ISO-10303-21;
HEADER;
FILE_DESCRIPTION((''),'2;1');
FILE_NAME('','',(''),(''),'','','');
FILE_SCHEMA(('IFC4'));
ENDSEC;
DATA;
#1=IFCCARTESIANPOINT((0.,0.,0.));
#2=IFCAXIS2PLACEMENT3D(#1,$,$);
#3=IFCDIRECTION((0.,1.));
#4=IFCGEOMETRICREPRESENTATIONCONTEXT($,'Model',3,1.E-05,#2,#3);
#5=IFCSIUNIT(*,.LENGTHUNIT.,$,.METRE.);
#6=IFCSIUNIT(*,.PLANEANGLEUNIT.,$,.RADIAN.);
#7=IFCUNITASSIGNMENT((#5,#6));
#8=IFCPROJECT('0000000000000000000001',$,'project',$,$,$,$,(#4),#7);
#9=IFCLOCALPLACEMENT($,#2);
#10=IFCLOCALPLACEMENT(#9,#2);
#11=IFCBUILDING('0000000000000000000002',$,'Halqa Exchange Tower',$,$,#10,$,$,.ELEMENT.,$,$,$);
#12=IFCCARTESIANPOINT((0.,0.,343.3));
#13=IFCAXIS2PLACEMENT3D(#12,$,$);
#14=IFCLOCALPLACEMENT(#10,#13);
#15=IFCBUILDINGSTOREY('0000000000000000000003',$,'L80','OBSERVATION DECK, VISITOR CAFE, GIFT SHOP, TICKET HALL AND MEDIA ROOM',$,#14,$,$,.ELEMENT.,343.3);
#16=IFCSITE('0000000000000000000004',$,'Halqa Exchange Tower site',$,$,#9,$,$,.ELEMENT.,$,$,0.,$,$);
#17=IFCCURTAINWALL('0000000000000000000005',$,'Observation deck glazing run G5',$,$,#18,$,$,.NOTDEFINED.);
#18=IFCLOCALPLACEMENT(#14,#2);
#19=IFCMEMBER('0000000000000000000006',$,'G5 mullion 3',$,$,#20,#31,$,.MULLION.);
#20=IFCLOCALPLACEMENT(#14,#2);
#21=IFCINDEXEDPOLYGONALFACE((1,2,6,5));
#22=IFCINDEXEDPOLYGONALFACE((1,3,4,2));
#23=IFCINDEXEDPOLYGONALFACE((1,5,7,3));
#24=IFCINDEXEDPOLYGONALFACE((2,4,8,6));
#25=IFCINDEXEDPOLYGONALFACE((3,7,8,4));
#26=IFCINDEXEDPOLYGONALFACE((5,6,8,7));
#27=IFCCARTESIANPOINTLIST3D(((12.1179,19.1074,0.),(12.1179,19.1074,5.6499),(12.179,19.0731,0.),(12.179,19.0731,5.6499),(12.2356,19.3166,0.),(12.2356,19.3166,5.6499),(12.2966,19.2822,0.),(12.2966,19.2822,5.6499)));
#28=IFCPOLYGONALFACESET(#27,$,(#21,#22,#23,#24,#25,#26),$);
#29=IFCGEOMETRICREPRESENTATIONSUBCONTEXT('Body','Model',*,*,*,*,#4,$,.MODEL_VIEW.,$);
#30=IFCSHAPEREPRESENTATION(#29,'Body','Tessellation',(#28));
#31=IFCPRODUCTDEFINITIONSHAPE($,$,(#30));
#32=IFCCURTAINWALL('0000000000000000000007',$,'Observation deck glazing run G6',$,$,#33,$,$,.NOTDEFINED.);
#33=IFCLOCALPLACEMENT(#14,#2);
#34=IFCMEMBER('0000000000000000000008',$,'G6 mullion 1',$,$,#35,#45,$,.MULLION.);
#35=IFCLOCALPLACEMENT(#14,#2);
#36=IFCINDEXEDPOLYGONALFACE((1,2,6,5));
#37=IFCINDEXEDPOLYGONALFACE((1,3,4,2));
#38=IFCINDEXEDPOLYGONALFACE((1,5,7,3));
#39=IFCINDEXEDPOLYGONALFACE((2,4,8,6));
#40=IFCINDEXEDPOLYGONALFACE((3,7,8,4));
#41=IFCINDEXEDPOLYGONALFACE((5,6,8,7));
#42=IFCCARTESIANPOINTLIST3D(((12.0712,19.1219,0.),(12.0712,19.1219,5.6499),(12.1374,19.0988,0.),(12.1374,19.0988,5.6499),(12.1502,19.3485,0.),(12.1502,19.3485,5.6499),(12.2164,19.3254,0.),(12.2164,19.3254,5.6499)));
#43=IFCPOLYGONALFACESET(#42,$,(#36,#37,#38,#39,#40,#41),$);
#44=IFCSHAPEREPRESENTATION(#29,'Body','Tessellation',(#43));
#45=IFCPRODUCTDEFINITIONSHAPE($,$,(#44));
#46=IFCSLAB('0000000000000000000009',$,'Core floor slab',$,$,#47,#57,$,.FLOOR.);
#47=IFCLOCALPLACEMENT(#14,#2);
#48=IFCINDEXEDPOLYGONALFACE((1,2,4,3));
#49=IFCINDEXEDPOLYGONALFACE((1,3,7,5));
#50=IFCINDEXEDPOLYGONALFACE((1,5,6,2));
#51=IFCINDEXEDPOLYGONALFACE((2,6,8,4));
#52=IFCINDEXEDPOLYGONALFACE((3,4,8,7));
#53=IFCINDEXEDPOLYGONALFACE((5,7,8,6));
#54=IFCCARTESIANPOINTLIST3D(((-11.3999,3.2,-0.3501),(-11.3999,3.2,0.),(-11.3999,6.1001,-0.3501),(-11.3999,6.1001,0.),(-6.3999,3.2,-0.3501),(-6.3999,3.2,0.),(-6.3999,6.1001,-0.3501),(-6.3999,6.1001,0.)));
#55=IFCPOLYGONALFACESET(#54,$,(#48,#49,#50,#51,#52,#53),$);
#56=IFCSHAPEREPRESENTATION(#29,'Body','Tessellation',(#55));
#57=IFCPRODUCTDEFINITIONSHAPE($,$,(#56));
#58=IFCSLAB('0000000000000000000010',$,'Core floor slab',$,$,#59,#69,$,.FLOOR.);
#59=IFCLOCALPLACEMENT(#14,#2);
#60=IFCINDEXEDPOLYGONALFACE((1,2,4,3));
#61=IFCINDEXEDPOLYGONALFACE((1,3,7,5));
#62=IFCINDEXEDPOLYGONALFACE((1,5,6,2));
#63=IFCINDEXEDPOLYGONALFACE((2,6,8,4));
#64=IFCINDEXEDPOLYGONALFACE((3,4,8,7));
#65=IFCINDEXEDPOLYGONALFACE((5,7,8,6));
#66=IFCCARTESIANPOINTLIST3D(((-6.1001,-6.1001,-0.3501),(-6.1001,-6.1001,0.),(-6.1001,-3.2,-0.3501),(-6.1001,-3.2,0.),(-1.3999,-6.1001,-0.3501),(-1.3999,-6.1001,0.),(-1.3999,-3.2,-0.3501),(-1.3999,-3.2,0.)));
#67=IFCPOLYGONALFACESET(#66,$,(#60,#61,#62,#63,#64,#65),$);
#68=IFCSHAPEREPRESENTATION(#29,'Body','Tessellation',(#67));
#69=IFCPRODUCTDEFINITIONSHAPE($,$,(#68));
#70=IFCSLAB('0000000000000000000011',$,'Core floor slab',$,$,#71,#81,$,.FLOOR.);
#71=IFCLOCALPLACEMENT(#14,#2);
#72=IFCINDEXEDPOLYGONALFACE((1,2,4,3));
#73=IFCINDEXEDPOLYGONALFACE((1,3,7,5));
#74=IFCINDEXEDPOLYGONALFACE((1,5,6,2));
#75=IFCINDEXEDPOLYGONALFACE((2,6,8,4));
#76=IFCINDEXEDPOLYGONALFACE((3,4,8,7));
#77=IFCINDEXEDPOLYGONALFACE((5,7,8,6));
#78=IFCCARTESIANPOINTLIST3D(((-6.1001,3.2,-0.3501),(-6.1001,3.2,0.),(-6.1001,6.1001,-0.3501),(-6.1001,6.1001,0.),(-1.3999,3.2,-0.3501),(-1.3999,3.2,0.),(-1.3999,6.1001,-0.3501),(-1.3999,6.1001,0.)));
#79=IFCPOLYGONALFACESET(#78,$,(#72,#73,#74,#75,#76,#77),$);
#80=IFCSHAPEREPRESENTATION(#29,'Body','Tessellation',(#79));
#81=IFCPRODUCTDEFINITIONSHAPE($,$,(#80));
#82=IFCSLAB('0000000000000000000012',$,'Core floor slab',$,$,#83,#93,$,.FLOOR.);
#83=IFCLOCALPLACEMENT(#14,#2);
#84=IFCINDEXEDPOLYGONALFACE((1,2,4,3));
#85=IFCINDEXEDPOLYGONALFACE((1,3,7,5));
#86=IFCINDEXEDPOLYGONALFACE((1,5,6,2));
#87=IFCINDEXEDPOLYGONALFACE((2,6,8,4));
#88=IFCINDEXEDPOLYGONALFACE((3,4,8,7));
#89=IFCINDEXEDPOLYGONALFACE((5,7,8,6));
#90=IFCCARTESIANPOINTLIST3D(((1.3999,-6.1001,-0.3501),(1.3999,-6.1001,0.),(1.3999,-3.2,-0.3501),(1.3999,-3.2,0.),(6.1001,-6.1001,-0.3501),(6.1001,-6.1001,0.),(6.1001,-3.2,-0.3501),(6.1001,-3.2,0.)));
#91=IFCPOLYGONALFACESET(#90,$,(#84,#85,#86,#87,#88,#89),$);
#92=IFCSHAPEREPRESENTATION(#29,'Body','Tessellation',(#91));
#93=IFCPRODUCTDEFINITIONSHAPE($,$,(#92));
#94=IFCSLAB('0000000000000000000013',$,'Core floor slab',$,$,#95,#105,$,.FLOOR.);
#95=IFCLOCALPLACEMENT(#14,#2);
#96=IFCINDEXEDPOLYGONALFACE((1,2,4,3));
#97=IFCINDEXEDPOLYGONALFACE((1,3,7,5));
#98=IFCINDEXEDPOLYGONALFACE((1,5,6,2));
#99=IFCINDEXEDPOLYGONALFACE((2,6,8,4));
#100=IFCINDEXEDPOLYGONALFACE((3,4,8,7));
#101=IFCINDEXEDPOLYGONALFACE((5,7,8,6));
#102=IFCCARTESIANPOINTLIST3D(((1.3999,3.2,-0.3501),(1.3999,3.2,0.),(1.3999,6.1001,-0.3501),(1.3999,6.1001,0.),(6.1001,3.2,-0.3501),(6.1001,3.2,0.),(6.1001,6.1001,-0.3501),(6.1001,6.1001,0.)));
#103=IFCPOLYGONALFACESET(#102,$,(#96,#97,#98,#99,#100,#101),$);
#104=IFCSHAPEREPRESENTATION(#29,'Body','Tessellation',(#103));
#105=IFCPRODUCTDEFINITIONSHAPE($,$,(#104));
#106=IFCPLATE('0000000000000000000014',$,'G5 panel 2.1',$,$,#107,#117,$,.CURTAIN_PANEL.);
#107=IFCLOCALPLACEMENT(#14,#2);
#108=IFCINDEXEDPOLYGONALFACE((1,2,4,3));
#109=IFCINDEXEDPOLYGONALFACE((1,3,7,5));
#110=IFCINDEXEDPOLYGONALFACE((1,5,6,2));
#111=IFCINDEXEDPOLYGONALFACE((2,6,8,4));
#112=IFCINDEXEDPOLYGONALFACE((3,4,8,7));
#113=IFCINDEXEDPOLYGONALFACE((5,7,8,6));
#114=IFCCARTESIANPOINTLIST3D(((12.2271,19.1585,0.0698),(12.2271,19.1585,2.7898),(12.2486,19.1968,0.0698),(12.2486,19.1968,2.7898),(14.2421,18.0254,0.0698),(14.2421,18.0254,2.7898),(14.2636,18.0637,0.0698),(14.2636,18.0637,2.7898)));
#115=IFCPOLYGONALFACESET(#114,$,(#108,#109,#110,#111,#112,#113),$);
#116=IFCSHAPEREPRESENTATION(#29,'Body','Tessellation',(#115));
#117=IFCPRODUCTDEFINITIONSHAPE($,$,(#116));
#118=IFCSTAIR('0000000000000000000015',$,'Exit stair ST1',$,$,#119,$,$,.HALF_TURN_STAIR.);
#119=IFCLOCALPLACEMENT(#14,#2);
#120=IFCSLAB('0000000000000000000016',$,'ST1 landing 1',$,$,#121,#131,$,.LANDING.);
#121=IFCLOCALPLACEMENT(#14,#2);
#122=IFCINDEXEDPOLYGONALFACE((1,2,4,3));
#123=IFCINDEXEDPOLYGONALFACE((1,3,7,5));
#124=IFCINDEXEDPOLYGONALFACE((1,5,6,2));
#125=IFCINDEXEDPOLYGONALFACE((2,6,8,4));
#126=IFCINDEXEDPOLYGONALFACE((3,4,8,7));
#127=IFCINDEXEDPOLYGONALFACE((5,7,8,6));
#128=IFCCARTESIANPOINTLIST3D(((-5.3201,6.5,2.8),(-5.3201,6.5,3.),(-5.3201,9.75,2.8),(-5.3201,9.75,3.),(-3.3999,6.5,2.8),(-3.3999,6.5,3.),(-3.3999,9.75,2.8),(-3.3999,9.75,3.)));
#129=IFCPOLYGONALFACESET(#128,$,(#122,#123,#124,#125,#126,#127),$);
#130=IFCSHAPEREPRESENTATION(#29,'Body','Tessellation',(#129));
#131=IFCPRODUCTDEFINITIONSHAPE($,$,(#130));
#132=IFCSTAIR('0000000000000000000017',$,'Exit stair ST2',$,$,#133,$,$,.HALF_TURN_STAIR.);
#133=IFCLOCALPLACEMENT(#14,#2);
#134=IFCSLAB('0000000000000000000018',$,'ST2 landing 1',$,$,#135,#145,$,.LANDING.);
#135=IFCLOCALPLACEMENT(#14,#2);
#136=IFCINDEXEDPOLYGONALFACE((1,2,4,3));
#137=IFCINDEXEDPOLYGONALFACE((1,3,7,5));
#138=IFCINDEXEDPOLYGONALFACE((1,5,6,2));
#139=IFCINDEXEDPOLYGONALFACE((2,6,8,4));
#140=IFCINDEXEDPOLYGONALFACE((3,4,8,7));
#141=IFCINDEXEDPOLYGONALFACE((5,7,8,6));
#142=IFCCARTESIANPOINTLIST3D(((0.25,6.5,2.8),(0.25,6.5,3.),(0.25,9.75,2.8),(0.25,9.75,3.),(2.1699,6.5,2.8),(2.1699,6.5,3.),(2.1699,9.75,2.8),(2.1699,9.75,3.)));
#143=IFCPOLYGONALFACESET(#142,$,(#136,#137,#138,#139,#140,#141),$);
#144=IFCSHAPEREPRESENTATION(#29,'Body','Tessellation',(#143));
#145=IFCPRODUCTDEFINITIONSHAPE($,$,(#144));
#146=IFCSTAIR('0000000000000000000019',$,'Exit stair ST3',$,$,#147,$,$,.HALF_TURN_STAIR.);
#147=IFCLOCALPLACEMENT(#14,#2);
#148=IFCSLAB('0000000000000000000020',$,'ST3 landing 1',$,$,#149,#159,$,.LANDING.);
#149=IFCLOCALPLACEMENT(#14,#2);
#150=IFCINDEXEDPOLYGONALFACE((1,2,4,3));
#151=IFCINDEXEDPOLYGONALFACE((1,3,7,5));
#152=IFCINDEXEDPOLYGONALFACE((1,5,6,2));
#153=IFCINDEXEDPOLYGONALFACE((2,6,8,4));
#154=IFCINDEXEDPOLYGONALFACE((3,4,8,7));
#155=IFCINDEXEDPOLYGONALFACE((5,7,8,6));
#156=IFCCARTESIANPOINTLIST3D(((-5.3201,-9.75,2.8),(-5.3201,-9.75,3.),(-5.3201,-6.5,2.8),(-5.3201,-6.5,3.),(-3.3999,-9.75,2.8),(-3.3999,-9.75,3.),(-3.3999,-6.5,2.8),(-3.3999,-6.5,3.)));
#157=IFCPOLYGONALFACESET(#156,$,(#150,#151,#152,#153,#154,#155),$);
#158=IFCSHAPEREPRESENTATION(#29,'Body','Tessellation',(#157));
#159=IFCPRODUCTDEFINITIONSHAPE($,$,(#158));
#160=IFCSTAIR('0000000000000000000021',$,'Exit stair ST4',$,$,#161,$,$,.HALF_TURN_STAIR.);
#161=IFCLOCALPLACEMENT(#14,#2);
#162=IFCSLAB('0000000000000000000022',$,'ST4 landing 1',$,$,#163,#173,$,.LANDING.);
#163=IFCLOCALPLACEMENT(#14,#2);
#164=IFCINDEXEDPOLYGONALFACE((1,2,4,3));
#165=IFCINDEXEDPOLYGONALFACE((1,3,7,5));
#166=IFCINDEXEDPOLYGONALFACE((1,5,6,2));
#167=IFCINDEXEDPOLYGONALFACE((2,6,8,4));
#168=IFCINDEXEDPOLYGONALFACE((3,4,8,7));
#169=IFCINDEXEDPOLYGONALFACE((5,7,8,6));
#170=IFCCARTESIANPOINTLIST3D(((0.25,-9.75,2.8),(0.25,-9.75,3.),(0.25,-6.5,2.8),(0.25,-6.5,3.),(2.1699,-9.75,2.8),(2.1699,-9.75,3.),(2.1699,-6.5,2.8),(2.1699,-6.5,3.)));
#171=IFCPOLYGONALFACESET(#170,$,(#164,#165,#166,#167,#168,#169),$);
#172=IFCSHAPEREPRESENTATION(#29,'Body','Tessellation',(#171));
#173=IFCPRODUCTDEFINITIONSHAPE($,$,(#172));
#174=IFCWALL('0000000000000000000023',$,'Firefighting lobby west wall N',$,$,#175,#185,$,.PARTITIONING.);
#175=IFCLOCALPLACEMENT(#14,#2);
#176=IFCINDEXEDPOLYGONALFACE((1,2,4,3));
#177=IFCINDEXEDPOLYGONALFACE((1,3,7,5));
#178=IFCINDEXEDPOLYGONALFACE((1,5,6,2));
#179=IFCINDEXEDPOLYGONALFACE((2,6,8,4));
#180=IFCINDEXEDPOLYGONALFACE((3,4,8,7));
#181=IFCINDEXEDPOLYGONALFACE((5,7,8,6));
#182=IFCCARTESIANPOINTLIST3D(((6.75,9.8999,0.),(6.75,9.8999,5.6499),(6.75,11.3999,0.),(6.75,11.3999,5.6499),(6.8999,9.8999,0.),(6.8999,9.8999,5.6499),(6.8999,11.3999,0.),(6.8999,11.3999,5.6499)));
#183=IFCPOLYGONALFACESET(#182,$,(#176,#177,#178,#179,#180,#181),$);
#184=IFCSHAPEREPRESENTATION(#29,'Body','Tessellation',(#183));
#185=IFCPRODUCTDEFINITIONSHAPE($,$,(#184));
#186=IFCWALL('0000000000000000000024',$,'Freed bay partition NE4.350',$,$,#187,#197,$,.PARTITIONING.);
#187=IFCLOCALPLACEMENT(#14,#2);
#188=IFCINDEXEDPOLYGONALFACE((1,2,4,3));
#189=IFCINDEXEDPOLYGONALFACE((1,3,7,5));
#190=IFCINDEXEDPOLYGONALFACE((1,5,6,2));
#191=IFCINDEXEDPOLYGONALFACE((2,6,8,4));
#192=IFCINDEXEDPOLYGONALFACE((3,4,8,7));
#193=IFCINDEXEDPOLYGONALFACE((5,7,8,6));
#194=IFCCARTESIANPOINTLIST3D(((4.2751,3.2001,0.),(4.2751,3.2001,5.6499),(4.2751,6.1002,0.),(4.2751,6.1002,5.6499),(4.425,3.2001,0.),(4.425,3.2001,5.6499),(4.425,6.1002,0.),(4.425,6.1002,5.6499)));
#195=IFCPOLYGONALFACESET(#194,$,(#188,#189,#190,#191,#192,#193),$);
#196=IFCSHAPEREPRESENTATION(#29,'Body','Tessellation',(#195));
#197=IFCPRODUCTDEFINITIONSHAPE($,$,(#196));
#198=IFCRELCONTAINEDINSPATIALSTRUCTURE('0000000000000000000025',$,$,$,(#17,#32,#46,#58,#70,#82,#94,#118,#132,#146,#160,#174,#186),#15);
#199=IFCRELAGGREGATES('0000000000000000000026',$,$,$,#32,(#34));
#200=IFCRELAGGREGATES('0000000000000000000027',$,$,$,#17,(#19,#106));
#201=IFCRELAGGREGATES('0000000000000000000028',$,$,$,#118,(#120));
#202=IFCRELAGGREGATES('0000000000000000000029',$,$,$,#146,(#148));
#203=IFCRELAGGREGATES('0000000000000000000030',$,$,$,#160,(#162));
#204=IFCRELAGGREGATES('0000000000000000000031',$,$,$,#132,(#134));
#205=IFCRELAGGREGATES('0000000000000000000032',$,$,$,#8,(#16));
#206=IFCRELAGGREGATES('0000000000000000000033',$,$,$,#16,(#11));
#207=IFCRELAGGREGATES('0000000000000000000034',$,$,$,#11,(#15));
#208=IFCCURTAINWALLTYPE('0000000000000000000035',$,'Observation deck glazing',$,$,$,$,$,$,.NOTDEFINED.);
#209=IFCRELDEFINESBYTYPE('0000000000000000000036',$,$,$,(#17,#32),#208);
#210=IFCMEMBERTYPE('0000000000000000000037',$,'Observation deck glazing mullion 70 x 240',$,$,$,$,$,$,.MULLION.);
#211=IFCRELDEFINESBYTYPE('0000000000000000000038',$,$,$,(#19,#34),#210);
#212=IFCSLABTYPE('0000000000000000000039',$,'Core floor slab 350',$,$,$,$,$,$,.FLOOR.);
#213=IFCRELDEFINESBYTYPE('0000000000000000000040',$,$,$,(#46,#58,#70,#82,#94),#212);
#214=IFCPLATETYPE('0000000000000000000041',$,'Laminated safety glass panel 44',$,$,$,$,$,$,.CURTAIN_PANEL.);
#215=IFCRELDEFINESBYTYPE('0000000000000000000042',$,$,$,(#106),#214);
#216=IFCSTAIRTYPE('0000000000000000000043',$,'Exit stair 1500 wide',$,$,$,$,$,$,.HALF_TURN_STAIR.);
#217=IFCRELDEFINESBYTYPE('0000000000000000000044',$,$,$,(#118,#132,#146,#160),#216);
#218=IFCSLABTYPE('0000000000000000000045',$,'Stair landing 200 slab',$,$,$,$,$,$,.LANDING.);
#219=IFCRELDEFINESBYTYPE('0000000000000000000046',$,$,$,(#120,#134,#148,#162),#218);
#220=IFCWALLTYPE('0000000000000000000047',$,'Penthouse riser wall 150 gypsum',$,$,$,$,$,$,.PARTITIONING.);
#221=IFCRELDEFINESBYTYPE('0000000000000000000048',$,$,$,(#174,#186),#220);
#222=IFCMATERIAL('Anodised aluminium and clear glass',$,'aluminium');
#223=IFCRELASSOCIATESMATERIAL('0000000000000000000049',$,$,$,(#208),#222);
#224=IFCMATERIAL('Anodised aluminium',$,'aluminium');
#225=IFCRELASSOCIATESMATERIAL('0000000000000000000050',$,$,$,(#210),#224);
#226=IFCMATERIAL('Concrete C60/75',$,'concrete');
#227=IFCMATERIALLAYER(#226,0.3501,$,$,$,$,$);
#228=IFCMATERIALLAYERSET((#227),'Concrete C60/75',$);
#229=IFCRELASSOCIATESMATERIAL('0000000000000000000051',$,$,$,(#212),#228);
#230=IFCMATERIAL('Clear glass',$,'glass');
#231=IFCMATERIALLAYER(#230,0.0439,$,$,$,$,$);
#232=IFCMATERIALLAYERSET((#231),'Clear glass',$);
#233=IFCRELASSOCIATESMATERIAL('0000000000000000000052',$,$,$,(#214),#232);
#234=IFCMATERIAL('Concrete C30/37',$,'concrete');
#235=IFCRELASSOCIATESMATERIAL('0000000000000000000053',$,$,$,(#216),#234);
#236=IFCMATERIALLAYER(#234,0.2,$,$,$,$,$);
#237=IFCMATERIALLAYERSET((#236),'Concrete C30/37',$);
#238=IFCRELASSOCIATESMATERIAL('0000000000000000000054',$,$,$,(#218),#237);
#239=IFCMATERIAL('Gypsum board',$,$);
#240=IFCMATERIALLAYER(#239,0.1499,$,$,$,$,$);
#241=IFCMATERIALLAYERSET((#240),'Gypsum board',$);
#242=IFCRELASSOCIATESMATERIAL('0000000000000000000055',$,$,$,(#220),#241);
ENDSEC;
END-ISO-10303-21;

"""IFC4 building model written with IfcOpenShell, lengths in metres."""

from ifc_helpers import new_model, si_unit, direction, frame, frame_2d, origin, origin_2d, place, context, subcontext, project, spatial, polyline, rectangle, outline, extrude, material, layer, layer_set, material_profile, profile_set, type_object, element, aggregate, save


model = new_model("IFC4")

# Units and contexts
model_context = context("Model", 3, precision=1e-05, world=origin(), true_north=direction((0.0, 1.0)))
body_context = subcontext(model_context, "Body", "Model", "MODEL_VIEW")
ifc_project = project(units=[si_unit("LENGTHUNIT", "METRE"), si_unit("PLANEANGLEUNIT", "RADIAN")], contexts=[model_context])

# Site, building, storey
site_placement = place(None, origin())
site = spatial("IfcSite", under=ifc_project, at=site_placement, Name="Halqa Exchange Tower site", CompositionType="ELEMENT", RefElevation=0.0)
building_placement = place(site_placement, origin())
building = spatial("IfcBuilding", under=site, at=building_placement, Name="Halqa Exchange Tower", CompositionType="ELEMENT")
storey_placement = place(building_placement, frame((0.0, 0.0, 343.3)))
storey = spatial("IfcBuildingStorey", under=building, at=storey_placement, Name="L80", Description="OBSERVATION DECK, VISITOR CAFE, GIFT SHOP, TICKET HALL AND MEDIA ROOM", CompositionType="ELEMENT", Elevation=343.3)

# Curtain walls, members
ifc_material_1 = material(Name="Anodised aluminium and clear glass", Category="aluminium")
curtain_wall_type = type_object("IfcCurtainWallType", Name="Observation deck glazing", PredefinedType="NOTDEFINED", material=ifc_material_1)
curtain_wall_1_placement = place(storey_placement, origin())
curtain_wall_1 = element("IfcCurtainWall", 1, at=curtain_wall_1_placement, inside=storey, type_object=curtain_wall_type, Name="Observation deck glazing run G5", PredefinedType="NOTDEFINED")
ifc_material_2 = material(Name="Anodised aluminium", Category="aluminium")
ifc_material_profile_1 = material_profile(ifc_material_2, rectangle(XDim=0.24, YDim=0.0701, at=origin_2d()), Name="AL 70x240")
ifc_profile_set_1 = profile_set([ifc_material_profile_1], Name="Anodised aluminium")
member_type = type_object("IfcMemberType", Name="Observation deck glazing mullion 70 x 240", PredefinedType="MULLION", material=ifc_profile_set_1)
member_1_placement = place(storey_placement, frame((12.2073, 19.1948, 0.0), z_axis=(0.0, 0.0, 1.0), x_axis=(-0.490158, -0.871634, 0.0)))
member_1 = element("IfcMember", 2, at=member_1_placement, type_object=member_type, Name="G5 mullion 3", PredefinedType="MULLION", context=body_context, shape_type="SweptSolid", body=[
    extrude(rectangle(XDim=0.24, YDim=0.0701, at=origin_2d()), origin(), (0.0, 0.0, 1.0), 5.6499),
])
curtain_wall_2_placement = place(storey_placement, origin())
curtain_wall_2 = element("IfcCurtainWall", 3, at=curtain_wall_2_placement, inside=storey, type_object=curtain_wall_type, Name="Observation deck glazing run G6", PredefinedType="NOTDEFINED")
member_2_placement = place(storey_placement, frame((12.1438, 19.2236, 0.0), z_axis=(0.0, 0.0, 1.0), x_axis=(-0.32916, -0.944274, 0.0)))
member_2 = element("IfcMember", 4, at=member_2_placement, type_object=member_type, Name="G6 mullion 1", PredefinedType="MULLION", context=body_context, shape_type="SweptSolid", body=[
    extrude(rectangle(XDim=0.24, YDim=0.0701, at=origin_2d()), origin(), (0.0, 0.0, 1.0), 5.6499),
])
aggregate(curtain_wall_2, [member_2])

# Slabs
ifc_material_3 = material(Name="Concrete C60/75", Category="concrete")
ifc_layer_1 = layer(ifc_material_3, 0.3501)
ifc_layer_set_1 = layer_set([ifc_layer_1], Name="Concrete C60/75")
slab_type_1 = type_object("IfcSlabType", Name="Core floor slab 350", PredefinedType="FLOOR", material=ifc_layer_set_1)
slab_1_placement = place(storey_placement, frame((0.0, 0.0, -0.3501)))
element("IfcSlab", 5, at=slab_1_placement, inside=storey, type_object=slab_type_1, Name="Core floor slab", PredefinedType="FLOOR", context=body_context, shape_type="SweptSolid", body=[
    extrude(outline(polyline([(-6.3999, 3.2), (-11.3999, 3.2), (-11.3999, 6.1001), (-6.3999, 6.1001), (-6.3999, 3.2)])), origin(), (0.0, 0.0, 1.0), 0.3501),
])
slab_2_placement = place(storey_placement, frame((0.0, 0.0, -0.3501)))
element("IfcSlab", 6, at=slab_2_placement, inside=storey, type_object=slab_type_1, Name="Core floor slab", PredefinedType="FLOOR", context=body_context, shape_type="SweptSolid", body=[
    extrude(outline(polyline([(-1.3999, -3.2), (-1.3999, -6.1001), (-6.1001, -6.1001), (-6.1001, -3.2), (-1.3999, -3.2)])), origin(), (0.0, 0.0, 1.0), 0.3501),
])
slab_3_placement = place(storey_placement, frame((0.0, 0.0, -0.3501)))
element("IfcSlab", 7, at=slab_3_placement, inside=storey, type_object=slab_type_1, Name="Core floor slab", PredefinedType="FLOOR", context=body_context, shape_type="SweptSolid", body=[
    extrude(outline(polyline([(-1.3999, 3.2), (-6.1001, 3.2), (-6.1001, 6.1001), (-1.3999, 6.1001), (-1.3999, 3.2)])), origin(), (0.0, 0.0, 1.0), 0.3501),
])
slab_4_placement = place(storey_placement, frame((0.0, 0.0, -0.3501)))
element("IfcSlab", 8, at=slab_4_placement, inside=storey, type_object=slab_type_1, Name="Core floor slab", PredefinedType="FLOOR", context=body_context, shape_type="SweptSolid", body=[
    extrude(outline(polyline([(6.1001, -3.2), (6.1001, -6.1001), (1.3999, -6.1001), (1.3999, -3.2), (6.1001, -3.2)])), origin(), (0.0, 0.0, 1.0), 0.3501),
])
slab_5_placement = place(storey_placement, frame((0.0, 0.0, -0.3501)))
element("IfcSlab", 9, at=slab_5_placement, inside=storey, type_object=slab_type_1, Name="Core floor slab", PredefinedType="FLOOR", context=body_context, shape_type="SweptSolid", body=[
    extrude(outline(polyline([(6.1001, 6.1001), (6.1001, 3.2), (1.3999, 3.2), (1.3999, 6.1001), (6.1001, 6.1001)])), origin(), (0.0, 0.0, 1.0), 0.3501),
])

# Plate
ifc_material_4 = material(Name="Clear glass", Category="glass")
ifc_layer_2 = layer(ifc_material_4, 0.0439)
ifc_layer_set_2 = layer_set([ifc_layer_2], Name="Clear glass")
plate_type = type_object("IfcPlateType", Name="Laminated safety glass panel 44", PredefinedType="CURTAIN_PANEL", material=ifc_layer_set_2)
plate_placement = place(storey_placement, frame((13.2454, 18.6111, 0.0698), z_axis=(0.0, 0.0, 1.0), x_axis=(-0.871634, 0.490158, 0.0)))
plate = element("IfcPlate", 10, at=plate_placement, type_object=plate_type, Name="G5 panel 2.1", PredefinedType="CURTAIN_PANEL", context=body_context, shape_type="SweptSolid", body=[
    extrude(rectangle(XDim=2.3118, YDim=0.0439, at=origin_2d()), origin(), (0.0, 0.0, 1.0), 2.72),
])
aggregate(curtain_wall_1, [member_1, plate])

# Stairs, slabs
ifc_material_5 = material(Name="Concrete C30/37", Category="concrete")
stair_type = type_object("IfcStairType", Name="Exit stair 1500 wide", PredefinedType="HALF_TURN_STAIR", material=ifc_material_5)
stair_1_placement = place(storey_placement, origin())
stair_1 = element("IfcStair", 11, at=stair_1_placement, inside=storey, type_object=stair_type, Name="Exit stair ST1", PredefinedType="HALF_TURN_STAIR")
ifc_layer_3 = layer(ifc_material_5, 0.2)
ifc_layer_set_3 = layer_set([ifc_layer_3], Name="Concrete C30/37")
slab_type_2 = type_object("IfcSlabType", Name="Stair landing 200 slab", PredefinedType="LANDING", material=ifc_layer_set_3)
slab_6_placement = place(storey_placement, frame((0.0, 0.0, 2.8)))
slab_6 = element("IfcSlab", 12, at=slab_6_placement, type_object=slab_type_2, Name="ST1 landing 1", PredefinedType="LANDING", context=body_context, shape_type="SweptSolid", body=[
    extrude(outline(polyline([(-5.3201, 6.5), (-3.3999, 6.5), (-3.3999, 9.75), (-5.3201, 9.75), (-5.3201, 6.5)])), origin(), (0.0, 0.0, 1.0), 0.2),
])
aggregate(stair_1, [slab_6])
stair_2_placement = place(storey_placement, origin())
stair_2 = element("IfcStair", 13, at=stair_2_placement, inside=storey, type_object=stair_type, Name="Exit stair ST2", PredefinedType="HALF_TURN_STAIR")
slab_7_placement = place(storey_placement, frame((0.0, 0.0, 2.8)))
slab_7 = element("IfcSlab", 14, at=slab_7_placement, type_object=slab_type_2, Name="ST2 landing 1", PredefinedType="LANDING", context=body_context, shape_type="SweptSolid", body=[
    extrude(outline(polyline([(0.25, 6.5), (2.1699, 6.5), (2.1699, 9.75), (0.25, 9.75), (0.25, 6.5)])), origin(), (0.0, 0.0, 1.0), 0.2),
])
stair_3_placement = place(storey_placement, origin())
stair_3 = element("IfcStair", 15, at=stair_3_placement, inside=storey, type_object=stair_type, Name="Exit stair ST3", PredefinedType="HALF_TURN_STAIR")
slab_8_placement = place(storey_placement, frame((0.0, 0.0, 2.8)))
slab_8 = element("IfcSlab", 16, at=slab_8_placement, type_object=slab_type_2, Name="ST3 landing 1", PredefinedType="LANDING", context=body_context, shape_type="SweptSolid", body=[
    extrude(outline(polyline([(-5.3201, -9.75), (-3.3999, -9.75), (-3.3999, -6.5), (-5.3201, -6.5), (-5.3201, -9.75)])), origin(), (0.0, 0.0, 1.0), 0.2),
])
aggregate(stair_3, [slab_8])
stair_4_placement = place(storey_placement, origin())
stair_4 = element("IfcStair", 17, at=stair_4_placement, inside=storey, type_object=stair_type, Name="Exit stair ST4", PredefinedType="HALF_TURN_STAIR")
slab_9_placement = place(storey_placement, frame((0.0, 0.0, 2.8)))
slab_9 = element("IfcSlab", 18, at=slab_9_placement, type_object=slab_type_2, Name="ST4 landing 1", PredefinedType="LANDING", context=body_context, shape_type="SweptSolid", body=[
    extrude(outline(polyline([(0.25, -9.75), (2.1699, -9.75), (2.1699, -6.5), (0.25, -6.5), (0.25, -9.75)])), origin(), (0.0, 0.0, 1.0), 0.2),
])
aggregate(stair_4, [slab_9])

# Walls
ifc_material_6 = material(Name="Gypsum board")
ifc_layer_4 = layer(ifc_material_6, 0.1499)
ifc_layer_set_4 = layer_set([ifc_layer_4], Name="Gypsum board")
wall_type_1 = type_object("IfcWallType", Name="Penthouse riser wall 150 gypsum", PredefinedType="PARTITIONING", material=ifc_layer_set_4)
wall_1_placement = place(storey_placement, frame((6.825, 9.8999, 0.0), z_axis=(0.0, 0.0, 1.0), x_axis=(0.0, 1.0, 0.0)))
element("IfcWall", 19, at=wall_1_placement, inside=storey, type_object=wall_type_1, Name="Firefighting lobby west wall N", PredefinedType="PARTITIONING", context=body_context, shape_type="SweptSolid", body=[
    extrude(rectangle(XDim=1.5, YDim=0.1499, at=frame_2d((0.75, 0.0))), origin(), (0.0, 0.0, 1.0), 5.6499),
])
wall_2_placement = place(storey_placement, frame((4.3501, 3.2, 0.0), z_axis=(0.0, 0.0, 1.0), x_axis=(0.0, 1.0, 0.0)))
element("IfcWall", 20, at=wall_2_placement, inside=storey, type_object=wall_type_1, Name="Freed bay partition NE4.350", PredefinedType="PARTITIONING", context=body_context, shape_type="SweptSolid", body=[
    extrude(rectangle(XDim=2.9001, YDim=0.1499, at=frame_2d((1.4502, 0.0))), origin(), (0.0, 0.0, 1.0), 5.6499),
])

aggregate(stair_2, [slab_7])

save(model, "model.ifc")
